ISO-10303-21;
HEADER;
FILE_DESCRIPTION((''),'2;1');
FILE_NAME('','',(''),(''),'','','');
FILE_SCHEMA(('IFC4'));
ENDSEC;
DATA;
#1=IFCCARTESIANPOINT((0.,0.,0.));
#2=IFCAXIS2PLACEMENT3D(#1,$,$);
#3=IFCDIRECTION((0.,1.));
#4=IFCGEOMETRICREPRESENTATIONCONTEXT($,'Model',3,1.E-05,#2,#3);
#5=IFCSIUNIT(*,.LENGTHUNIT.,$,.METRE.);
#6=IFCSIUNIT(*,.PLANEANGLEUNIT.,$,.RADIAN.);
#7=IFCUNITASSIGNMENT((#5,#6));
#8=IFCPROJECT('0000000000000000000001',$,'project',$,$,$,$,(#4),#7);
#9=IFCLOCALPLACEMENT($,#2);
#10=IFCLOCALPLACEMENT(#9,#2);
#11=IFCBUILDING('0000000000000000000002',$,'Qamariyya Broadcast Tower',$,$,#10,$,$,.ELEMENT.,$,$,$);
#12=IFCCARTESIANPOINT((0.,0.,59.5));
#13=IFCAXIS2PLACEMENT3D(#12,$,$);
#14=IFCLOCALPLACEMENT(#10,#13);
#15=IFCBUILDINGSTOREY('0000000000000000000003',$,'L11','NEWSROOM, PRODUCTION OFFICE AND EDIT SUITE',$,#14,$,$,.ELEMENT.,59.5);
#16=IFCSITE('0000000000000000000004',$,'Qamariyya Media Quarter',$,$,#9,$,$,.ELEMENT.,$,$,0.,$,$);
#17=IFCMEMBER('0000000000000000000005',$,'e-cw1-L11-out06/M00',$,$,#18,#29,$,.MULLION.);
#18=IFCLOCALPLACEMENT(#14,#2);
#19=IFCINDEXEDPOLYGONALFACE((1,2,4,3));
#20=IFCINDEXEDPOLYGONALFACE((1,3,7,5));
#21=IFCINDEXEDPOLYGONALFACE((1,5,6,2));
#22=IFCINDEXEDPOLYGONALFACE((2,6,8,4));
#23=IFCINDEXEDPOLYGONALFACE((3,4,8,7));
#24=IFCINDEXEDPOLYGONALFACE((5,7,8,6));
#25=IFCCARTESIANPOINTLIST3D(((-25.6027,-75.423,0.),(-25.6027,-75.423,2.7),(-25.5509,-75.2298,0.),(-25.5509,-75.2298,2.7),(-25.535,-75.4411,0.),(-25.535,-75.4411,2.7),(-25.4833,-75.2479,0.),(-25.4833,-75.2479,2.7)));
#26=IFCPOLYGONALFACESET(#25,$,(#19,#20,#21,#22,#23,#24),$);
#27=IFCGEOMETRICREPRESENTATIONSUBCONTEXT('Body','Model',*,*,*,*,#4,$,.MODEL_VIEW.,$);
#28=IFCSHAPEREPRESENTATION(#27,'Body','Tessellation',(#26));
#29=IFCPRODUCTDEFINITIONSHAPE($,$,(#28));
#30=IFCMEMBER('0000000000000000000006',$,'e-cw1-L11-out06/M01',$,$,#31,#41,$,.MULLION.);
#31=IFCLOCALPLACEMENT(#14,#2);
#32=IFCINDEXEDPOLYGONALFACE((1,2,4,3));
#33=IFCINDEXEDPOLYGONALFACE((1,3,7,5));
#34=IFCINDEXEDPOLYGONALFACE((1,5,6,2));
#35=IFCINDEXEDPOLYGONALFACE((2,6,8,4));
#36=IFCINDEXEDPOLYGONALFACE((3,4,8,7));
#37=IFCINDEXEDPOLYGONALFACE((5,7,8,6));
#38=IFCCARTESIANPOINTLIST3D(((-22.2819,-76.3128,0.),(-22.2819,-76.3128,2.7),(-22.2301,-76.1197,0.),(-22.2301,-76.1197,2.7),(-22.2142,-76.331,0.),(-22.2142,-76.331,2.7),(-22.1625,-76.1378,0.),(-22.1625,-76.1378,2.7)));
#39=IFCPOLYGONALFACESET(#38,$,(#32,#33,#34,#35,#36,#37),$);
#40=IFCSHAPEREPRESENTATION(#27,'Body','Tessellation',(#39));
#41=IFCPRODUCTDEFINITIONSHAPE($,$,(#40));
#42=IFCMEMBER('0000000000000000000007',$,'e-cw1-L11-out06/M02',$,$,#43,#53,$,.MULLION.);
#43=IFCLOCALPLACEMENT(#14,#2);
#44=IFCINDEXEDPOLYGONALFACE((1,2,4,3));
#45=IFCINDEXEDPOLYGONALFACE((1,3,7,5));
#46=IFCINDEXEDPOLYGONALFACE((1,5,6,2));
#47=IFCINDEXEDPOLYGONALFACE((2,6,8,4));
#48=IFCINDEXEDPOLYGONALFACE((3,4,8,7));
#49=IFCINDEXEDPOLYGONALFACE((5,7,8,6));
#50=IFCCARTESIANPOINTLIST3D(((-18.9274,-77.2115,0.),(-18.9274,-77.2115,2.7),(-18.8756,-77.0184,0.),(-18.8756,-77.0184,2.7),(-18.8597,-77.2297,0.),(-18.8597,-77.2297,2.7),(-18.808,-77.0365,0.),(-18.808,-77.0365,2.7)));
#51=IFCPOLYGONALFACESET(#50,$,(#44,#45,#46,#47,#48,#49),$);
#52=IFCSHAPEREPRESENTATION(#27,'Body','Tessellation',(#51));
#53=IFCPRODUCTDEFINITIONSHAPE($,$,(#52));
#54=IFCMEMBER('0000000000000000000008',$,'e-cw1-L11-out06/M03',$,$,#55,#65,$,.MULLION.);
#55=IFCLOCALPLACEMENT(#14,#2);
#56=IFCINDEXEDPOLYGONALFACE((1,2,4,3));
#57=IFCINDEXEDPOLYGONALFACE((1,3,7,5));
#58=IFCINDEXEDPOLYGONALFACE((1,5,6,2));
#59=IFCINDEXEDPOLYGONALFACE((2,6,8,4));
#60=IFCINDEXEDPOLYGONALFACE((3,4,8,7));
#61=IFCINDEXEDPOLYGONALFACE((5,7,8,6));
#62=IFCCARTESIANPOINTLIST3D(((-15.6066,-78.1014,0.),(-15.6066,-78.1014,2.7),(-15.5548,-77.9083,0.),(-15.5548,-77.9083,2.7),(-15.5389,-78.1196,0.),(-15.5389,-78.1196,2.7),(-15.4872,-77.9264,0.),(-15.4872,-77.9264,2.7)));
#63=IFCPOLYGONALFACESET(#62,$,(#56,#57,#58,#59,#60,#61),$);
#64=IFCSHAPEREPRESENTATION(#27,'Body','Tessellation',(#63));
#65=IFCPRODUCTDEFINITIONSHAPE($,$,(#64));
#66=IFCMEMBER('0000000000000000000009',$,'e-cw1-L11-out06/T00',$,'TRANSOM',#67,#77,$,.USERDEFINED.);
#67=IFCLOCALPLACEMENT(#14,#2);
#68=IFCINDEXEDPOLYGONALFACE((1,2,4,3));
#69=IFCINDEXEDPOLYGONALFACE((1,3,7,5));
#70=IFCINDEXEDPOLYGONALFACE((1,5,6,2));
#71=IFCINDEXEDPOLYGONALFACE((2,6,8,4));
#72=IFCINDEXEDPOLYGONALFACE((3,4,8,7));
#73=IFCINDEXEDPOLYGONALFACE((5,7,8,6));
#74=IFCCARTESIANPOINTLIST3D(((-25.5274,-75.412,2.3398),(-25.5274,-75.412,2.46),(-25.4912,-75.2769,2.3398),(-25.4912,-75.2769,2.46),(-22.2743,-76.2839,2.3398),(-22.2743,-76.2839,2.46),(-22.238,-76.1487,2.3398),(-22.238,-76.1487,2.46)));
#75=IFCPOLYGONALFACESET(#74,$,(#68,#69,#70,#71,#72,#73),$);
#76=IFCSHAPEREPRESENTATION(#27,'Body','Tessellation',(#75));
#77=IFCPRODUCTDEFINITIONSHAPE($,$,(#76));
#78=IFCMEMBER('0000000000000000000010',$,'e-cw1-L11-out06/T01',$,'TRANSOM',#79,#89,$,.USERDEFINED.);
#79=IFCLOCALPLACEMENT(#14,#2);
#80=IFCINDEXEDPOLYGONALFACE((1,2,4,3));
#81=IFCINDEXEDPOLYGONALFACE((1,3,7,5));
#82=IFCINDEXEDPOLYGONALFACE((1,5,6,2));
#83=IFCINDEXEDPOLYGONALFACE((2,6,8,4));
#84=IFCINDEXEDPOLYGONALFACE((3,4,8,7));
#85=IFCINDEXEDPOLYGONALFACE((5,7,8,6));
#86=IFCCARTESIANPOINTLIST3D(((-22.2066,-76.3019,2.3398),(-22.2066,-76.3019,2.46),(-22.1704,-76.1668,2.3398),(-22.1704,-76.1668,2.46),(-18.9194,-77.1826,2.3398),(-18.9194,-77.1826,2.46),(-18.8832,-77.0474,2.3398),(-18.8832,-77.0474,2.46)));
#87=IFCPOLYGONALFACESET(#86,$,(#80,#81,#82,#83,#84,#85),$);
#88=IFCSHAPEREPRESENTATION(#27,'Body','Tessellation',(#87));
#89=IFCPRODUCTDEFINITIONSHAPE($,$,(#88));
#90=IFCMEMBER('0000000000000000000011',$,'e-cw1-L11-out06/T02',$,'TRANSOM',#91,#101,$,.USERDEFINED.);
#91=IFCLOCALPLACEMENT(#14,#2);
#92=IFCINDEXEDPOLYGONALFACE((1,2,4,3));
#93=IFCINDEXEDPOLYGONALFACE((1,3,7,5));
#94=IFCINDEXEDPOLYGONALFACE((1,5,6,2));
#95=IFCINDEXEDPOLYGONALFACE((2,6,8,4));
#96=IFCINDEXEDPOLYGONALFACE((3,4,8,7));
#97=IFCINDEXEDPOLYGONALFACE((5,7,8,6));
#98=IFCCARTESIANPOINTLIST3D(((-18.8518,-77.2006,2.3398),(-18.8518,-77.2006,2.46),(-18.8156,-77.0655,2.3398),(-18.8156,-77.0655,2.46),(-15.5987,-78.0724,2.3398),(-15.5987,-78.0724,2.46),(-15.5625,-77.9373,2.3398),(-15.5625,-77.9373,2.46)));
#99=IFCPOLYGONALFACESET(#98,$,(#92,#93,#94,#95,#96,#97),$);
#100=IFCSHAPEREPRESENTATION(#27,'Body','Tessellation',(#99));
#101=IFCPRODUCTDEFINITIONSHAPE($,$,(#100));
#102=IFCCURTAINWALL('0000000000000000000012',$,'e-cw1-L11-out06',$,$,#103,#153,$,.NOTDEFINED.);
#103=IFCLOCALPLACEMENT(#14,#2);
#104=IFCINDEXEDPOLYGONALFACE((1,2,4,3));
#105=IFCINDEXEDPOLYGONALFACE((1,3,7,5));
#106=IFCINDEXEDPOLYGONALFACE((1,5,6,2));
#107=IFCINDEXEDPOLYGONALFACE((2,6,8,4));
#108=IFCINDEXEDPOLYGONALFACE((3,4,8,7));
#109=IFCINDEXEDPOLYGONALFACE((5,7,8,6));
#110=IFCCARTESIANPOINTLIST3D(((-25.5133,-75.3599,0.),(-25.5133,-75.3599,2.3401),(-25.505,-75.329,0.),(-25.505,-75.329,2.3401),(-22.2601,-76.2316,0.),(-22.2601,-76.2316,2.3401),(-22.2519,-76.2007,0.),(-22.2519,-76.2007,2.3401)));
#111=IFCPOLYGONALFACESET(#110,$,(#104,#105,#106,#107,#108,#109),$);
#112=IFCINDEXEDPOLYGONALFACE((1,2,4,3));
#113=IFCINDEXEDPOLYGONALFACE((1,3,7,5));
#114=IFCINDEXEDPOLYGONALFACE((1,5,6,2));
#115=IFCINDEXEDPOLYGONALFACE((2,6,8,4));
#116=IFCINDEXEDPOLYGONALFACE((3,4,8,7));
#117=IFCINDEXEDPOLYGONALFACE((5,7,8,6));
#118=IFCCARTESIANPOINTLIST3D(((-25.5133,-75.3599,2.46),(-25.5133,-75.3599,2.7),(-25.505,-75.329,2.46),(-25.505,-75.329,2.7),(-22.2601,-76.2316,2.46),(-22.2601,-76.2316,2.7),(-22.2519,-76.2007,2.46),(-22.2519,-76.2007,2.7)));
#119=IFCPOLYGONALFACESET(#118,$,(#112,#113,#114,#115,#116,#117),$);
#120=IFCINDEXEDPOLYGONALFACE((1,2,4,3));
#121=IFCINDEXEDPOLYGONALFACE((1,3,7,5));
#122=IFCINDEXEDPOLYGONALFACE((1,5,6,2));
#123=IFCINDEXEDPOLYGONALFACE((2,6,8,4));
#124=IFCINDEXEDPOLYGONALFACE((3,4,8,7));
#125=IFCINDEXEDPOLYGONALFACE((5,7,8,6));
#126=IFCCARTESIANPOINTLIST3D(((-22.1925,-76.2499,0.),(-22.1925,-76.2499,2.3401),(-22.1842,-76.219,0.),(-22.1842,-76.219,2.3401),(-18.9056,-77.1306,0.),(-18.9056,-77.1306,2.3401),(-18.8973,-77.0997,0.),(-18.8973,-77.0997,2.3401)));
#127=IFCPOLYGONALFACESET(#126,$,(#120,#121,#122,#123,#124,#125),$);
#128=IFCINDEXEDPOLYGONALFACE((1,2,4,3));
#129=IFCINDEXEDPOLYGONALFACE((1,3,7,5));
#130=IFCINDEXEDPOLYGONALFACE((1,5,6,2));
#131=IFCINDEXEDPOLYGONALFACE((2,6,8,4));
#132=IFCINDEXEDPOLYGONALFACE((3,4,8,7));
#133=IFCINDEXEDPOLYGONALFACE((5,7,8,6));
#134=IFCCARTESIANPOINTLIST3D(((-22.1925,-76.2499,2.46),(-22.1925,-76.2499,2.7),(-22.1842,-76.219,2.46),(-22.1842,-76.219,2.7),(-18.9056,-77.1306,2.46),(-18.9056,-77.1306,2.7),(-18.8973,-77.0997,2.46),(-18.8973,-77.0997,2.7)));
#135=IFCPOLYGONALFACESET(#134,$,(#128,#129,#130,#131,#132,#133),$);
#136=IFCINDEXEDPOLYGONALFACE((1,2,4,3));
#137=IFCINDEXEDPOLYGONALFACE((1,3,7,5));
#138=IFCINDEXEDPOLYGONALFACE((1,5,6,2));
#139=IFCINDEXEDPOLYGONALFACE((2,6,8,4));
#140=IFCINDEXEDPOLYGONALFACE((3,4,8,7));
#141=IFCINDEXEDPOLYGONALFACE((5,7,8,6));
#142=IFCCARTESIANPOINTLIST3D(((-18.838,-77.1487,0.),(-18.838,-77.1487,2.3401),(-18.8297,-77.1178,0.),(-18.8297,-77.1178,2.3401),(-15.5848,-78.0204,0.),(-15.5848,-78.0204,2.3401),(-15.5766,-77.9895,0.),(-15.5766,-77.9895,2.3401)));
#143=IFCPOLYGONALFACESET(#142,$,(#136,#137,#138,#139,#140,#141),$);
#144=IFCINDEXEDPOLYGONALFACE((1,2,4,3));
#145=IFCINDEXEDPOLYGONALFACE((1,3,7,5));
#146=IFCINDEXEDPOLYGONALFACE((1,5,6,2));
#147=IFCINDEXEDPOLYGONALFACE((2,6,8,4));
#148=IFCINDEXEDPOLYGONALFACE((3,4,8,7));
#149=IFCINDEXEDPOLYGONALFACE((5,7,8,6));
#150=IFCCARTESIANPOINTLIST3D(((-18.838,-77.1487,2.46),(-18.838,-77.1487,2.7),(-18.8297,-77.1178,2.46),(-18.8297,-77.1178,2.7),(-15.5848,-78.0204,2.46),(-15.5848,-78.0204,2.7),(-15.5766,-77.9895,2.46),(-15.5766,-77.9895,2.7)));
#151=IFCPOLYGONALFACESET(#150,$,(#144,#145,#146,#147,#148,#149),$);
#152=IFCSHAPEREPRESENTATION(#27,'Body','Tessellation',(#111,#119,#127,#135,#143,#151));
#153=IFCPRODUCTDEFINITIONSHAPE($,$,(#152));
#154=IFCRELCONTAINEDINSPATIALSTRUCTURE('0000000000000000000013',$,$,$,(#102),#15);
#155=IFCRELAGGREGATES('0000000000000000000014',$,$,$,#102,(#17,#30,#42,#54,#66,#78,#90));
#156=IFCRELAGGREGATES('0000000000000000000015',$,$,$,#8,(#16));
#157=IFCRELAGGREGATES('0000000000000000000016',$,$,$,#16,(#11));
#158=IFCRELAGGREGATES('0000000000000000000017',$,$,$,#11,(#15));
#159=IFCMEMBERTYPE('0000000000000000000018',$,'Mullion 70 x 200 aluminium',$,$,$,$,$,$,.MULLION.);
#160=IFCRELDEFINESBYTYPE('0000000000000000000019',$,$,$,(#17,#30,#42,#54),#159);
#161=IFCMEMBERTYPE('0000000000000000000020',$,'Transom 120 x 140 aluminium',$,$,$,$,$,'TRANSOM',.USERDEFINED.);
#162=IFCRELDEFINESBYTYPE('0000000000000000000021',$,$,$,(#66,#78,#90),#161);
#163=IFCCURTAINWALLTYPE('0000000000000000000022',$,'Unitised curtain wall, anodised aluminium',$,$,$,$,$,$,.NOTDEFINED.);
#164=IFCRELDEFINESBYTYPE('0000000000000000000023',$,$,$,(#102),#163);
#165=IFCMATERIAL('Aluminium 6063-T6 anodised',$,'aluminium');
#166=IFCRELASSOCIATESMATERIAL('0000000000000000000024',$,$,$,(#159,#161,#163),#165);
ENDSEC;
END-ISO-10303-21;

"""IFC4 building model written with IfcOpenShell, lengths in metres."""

from ifc_helpers import new_model, si_unit, direction, frame, origin, origin_2d, place, context, subcontext, project, spatial, rectangle, extrude, material, material_profile, profile_set, type_object, element, aggregate, save


model = new_model("IFC4")

# Units and contexts
model_context = context("Model", 3, precision=1e-05, world=origin(), true_north=direction((0.0, 1.0)))
body_context = subcontext(model_context, "Body", "Model", "MODEL_VIEW")
ifc_project = project(units=[si_unit("LENGTHUNIT", "METRE"), si_unit("PLANEANGLEUNIT", "RADIAN")], contexts=[model_context])

# Members
ifc_material = material(Name="Aluminium 6063-T6 anodised", Category="aluminium")
ifc_material_profile_1 = material_profile(ifc_material, rectangle(XDim=0.2, YDim=0.0701, at=origin_2d()))
ifc_profile_set_1 = profile_set([ifc_material_profile_1], Name="Aluminium 6063-T6 anodised")
member_type_1 = type_object("IfcMemberType", Name="Mullion 70 x 200 aluminium", PredefinedType="MULLION", material=ifc_profile_set_1)
site_placement = place(None, origin())
building_placement = place(site_placement, origin())
storey_placement = place(building_placement, frame((0.0, 0.0, 59.5)))
member_1_placement = place(storey_placement, frame((-25.543, -75.3354, 0.0), z_axis=(0.0, 0.0, 1.0), x_axis=(0.258819, 0.965926, 0.0)))
member_1 = element("IfcMember", 1, at=member_1_placement, type_object=member_type_1, Name="e-cw1-L11-out06/M00", PredefinedType="MULLION", context=body_context, shape_type="SweptSolid", body=[
    extrude(rectangle(XDim=0.2, YDim=0.0701, at=origin_2d()), origin(), (0.0, 0.0, 1.0), 2.7),
])
member_2_placement = place(storey_placement, frame((-22.2222, -76.2253, 0.0), z_axis=(0.0, 0.0, 1.0), x_axis=(0.258819, 0.965926, 0.0)))
member_2 = element("IfcMember", 2, at=member_2_placement, type_object=member_type_1, Name="e-cw1-L11-out06/M01", PredefinedType="MULLION", context=body_context, shape_type="SweptSolid", body=[
    extrude(rectangle(XDim=0.2, YDim=0.0701, at=origin_2d()), origin(), (0.0, 0.0, 1.0), 2.7),
])
member_3_placement = place(storey_placement, frame((-18.8677, -77.124, 0.0), z_axis=(0.0, 0.0, 1.0), x_axis=(0.258819, 0.965926, 0.0)))
member_3 = element("IfcMember", 3, at=member_3_placement, type_object=member_type_1, Name="e-cw1-L11-out06/M02", PredefinedType="MULLION", context=body_context, shape_type="SweptSolid", body=[
    extrude(rectangle(XDim=0.2, YDim=0.0701, at=origin_2d()), origin(), (0.0, 0.0, 1.0), 2.7),
])
member_4_placement = place(storey_placement, frame((-15.5469, -78.0139, 0.0), z_axis=(0.0, 0.0, 1.0), x_axis=(0.258819, 0.965926, 0.0)))
member_4 = element("IfcMember", 4, at=member_4_placement, type_object=member_type_1, Name="e-cw1-L11-out06/M03", PredefinedType="MULLION", context=body_context, shape_type="SweptSolid", body=[
    extrude(rectangle(XDim=0.2, YDim=0.0701, at=origin_2d()), origin(), (0.0, 0.0, 1.0), 2.7),
])
ifc_material_profile_2 = material_profile(ifc_material, rectangle(XDim=0.1399, YDim=0.1201, at=origin_2d()))
ifc_profile_set_2 = profile_set([ifc_material_profile_2], Name="Aluminium 6063-T6 anodised")
member_type_2 = type_object("IfcMemberType", Name="Transom 120 x 140 aluminium", ElementType="TRANSOM", PredefinedType="USERDEFINED", material=ifc_profile_set_2)
member_5_placement = place(storey_placement, frame((-25.5093, -75.3445, 2.3999), z_axis=(0.965915, -0.258858, 0.0), x_axis=(0.258858, 0.965915, 0.0)))
member_5 = element("IfcMember", 5, at=member_5_placement, type_object=member_type_2, Name="e-cw1-L11-out06/T00", ObjectType="TRANSOM", PredefinedType="USERDEFINED", context=body_context, shape_type="SweptSolid", body=[
    extrude(rectangle(XDim=0.1399, YDim=0.1201, at=origin_2d()), origin(), (0.0, 0.0, 1.0), 3.3679),
])
member_6_placement = place(storey_placement, frame((-22.1885, -76.2344, 2.3999), z_axis=(0.965938, -0.258774, 0.0), x_axis=(0.258774, 0.965938, 0.0)))
member_6 = element("IfcMember", 6, at=member_6_placement, type_object=member_type_2, Name="e-cw1-L11-out06/T01", ObjectType="TRANSOM", PredefinedType="USERDEFINED", context=body_context, shape_type="SweptSolid", body=[
    extrude(rectangle(XDim=0.1399, YDim=0.1201, at=origin_2d()), origin(), (0.0, 0.0, 1.0), 3.4031),
])
member_7_placement = place(storey_placement, frame((-18.8337, -77.1331, 2.3999), z_axis=(0.965915, -0.258858, 0.0), x_axis=(0.258858, 0.965915, 0.0)))
member_7 = element("IfcMember", 7, at=member_7_placement, type_object=member_type_2, Name="e-cw1-L11-out06/T02", ObjectType="TRANSOM", PredefinedType="USERDEFINED", context=body_context, shape_type="SweptSolid", body=[
    extrude(rectangle(XDim=0.1399, YDim=0.1201, at=origin_2d()), origin(), (0.0, 0.0, 1.0), 3.3679),
])

# Site, building, storey
site = spatial("IfcSite", under=ifc_project, at=site_placement, Name="Qamariyya Media Quarter", CompositionType="ELEMENT", RefElevation=0.0)
building = spatial("IfcBuilding", under=site, at=building_placement, Name="Qamariyya Broadcast Tower", CompositionType="ELEMENT")
storey = spatial("IfcBuildingStorey", under=building, at=storey_placement, Name="L11", Description="NEWSROOM, PRODUCTION OFFICE AND EDIT SUITE", CompositionType="ELEMENT", Elevation=59.5)

# Curtain wall
curtain_wall_type = type_object("IfcCurtainWallType", Name="Unitised curtain wall, anodised aluminium", PredefinedType="NOTDEFINED", material=ifc_material)
curtain_wall_1_placement = place(storey_placement, origin())
curtain_wall_1 = element("IfcCurtainWall", 8, at=curtain_wall_1_placement, inside=storey, type_object=curtain_wall_type, Name="e-cw1-L11-out06", PredefinedType="NOTDEFINED", context=body_context, shape_type="SweptSolid", body=[
    extrude(rectangle(XDim=3.3679, YDim=0.032, at=origin_2d()), frame((-23.8826, -75.7803, 0.0), x_axis=(0.965925, -0.258822, 0.0)), (0.0, 0.0, 1.0), 2.3401),
    extrude(rectangle(XDim=3.3679, YDim=0.032, at=origin_2d()), frame((-23.8826, -75.7803, 2.46), x_axis=(0.965925, -0.258822, 0.0)), (0.0, 0.0, 1.0), 0.24),
    extrude(rectangle(XDim=3.4028, YDim=0.032, at=origin_2d()), frame((-20.5449, -76.6748, 0.0), x_axis=(0.965925, -0.258822, 0.0)), (0.0, 0.0, 1.0), 2.3401),
    extrude(rectangle(XDim=3.4028, YDim=0.032, at=origin_2d()), frame((-20.5449, -76.6748, 2.46), x_axis=(0.965925, -0.258822, 0.0)), (0.0, 0.0, 1.0), 0.24),
    extrude(rectangle(XDim=3.3679, YDim=0.032, at=origin_2d()), frame((-17.2073, -77.5691, 0.0), x_axis=(0.965925, -0.258822, 0.0)), (0.0, 0.0, 1.0), 2.3401),
    extrude(rectangle(XDim=3.3679, YDim=0.032, at=origin_2d()), frame((-17.2073, -77.5691, 2.46), x_axis=(0.965925, -0.258822, 0.0)), (0.0, 0.0, 1.0), 0.24),
])
aggregate(curtain_wall_1, [member_1, member_2, member_3, member_4, member_5, member_6, member_7])

save(model, "model.ifc")
